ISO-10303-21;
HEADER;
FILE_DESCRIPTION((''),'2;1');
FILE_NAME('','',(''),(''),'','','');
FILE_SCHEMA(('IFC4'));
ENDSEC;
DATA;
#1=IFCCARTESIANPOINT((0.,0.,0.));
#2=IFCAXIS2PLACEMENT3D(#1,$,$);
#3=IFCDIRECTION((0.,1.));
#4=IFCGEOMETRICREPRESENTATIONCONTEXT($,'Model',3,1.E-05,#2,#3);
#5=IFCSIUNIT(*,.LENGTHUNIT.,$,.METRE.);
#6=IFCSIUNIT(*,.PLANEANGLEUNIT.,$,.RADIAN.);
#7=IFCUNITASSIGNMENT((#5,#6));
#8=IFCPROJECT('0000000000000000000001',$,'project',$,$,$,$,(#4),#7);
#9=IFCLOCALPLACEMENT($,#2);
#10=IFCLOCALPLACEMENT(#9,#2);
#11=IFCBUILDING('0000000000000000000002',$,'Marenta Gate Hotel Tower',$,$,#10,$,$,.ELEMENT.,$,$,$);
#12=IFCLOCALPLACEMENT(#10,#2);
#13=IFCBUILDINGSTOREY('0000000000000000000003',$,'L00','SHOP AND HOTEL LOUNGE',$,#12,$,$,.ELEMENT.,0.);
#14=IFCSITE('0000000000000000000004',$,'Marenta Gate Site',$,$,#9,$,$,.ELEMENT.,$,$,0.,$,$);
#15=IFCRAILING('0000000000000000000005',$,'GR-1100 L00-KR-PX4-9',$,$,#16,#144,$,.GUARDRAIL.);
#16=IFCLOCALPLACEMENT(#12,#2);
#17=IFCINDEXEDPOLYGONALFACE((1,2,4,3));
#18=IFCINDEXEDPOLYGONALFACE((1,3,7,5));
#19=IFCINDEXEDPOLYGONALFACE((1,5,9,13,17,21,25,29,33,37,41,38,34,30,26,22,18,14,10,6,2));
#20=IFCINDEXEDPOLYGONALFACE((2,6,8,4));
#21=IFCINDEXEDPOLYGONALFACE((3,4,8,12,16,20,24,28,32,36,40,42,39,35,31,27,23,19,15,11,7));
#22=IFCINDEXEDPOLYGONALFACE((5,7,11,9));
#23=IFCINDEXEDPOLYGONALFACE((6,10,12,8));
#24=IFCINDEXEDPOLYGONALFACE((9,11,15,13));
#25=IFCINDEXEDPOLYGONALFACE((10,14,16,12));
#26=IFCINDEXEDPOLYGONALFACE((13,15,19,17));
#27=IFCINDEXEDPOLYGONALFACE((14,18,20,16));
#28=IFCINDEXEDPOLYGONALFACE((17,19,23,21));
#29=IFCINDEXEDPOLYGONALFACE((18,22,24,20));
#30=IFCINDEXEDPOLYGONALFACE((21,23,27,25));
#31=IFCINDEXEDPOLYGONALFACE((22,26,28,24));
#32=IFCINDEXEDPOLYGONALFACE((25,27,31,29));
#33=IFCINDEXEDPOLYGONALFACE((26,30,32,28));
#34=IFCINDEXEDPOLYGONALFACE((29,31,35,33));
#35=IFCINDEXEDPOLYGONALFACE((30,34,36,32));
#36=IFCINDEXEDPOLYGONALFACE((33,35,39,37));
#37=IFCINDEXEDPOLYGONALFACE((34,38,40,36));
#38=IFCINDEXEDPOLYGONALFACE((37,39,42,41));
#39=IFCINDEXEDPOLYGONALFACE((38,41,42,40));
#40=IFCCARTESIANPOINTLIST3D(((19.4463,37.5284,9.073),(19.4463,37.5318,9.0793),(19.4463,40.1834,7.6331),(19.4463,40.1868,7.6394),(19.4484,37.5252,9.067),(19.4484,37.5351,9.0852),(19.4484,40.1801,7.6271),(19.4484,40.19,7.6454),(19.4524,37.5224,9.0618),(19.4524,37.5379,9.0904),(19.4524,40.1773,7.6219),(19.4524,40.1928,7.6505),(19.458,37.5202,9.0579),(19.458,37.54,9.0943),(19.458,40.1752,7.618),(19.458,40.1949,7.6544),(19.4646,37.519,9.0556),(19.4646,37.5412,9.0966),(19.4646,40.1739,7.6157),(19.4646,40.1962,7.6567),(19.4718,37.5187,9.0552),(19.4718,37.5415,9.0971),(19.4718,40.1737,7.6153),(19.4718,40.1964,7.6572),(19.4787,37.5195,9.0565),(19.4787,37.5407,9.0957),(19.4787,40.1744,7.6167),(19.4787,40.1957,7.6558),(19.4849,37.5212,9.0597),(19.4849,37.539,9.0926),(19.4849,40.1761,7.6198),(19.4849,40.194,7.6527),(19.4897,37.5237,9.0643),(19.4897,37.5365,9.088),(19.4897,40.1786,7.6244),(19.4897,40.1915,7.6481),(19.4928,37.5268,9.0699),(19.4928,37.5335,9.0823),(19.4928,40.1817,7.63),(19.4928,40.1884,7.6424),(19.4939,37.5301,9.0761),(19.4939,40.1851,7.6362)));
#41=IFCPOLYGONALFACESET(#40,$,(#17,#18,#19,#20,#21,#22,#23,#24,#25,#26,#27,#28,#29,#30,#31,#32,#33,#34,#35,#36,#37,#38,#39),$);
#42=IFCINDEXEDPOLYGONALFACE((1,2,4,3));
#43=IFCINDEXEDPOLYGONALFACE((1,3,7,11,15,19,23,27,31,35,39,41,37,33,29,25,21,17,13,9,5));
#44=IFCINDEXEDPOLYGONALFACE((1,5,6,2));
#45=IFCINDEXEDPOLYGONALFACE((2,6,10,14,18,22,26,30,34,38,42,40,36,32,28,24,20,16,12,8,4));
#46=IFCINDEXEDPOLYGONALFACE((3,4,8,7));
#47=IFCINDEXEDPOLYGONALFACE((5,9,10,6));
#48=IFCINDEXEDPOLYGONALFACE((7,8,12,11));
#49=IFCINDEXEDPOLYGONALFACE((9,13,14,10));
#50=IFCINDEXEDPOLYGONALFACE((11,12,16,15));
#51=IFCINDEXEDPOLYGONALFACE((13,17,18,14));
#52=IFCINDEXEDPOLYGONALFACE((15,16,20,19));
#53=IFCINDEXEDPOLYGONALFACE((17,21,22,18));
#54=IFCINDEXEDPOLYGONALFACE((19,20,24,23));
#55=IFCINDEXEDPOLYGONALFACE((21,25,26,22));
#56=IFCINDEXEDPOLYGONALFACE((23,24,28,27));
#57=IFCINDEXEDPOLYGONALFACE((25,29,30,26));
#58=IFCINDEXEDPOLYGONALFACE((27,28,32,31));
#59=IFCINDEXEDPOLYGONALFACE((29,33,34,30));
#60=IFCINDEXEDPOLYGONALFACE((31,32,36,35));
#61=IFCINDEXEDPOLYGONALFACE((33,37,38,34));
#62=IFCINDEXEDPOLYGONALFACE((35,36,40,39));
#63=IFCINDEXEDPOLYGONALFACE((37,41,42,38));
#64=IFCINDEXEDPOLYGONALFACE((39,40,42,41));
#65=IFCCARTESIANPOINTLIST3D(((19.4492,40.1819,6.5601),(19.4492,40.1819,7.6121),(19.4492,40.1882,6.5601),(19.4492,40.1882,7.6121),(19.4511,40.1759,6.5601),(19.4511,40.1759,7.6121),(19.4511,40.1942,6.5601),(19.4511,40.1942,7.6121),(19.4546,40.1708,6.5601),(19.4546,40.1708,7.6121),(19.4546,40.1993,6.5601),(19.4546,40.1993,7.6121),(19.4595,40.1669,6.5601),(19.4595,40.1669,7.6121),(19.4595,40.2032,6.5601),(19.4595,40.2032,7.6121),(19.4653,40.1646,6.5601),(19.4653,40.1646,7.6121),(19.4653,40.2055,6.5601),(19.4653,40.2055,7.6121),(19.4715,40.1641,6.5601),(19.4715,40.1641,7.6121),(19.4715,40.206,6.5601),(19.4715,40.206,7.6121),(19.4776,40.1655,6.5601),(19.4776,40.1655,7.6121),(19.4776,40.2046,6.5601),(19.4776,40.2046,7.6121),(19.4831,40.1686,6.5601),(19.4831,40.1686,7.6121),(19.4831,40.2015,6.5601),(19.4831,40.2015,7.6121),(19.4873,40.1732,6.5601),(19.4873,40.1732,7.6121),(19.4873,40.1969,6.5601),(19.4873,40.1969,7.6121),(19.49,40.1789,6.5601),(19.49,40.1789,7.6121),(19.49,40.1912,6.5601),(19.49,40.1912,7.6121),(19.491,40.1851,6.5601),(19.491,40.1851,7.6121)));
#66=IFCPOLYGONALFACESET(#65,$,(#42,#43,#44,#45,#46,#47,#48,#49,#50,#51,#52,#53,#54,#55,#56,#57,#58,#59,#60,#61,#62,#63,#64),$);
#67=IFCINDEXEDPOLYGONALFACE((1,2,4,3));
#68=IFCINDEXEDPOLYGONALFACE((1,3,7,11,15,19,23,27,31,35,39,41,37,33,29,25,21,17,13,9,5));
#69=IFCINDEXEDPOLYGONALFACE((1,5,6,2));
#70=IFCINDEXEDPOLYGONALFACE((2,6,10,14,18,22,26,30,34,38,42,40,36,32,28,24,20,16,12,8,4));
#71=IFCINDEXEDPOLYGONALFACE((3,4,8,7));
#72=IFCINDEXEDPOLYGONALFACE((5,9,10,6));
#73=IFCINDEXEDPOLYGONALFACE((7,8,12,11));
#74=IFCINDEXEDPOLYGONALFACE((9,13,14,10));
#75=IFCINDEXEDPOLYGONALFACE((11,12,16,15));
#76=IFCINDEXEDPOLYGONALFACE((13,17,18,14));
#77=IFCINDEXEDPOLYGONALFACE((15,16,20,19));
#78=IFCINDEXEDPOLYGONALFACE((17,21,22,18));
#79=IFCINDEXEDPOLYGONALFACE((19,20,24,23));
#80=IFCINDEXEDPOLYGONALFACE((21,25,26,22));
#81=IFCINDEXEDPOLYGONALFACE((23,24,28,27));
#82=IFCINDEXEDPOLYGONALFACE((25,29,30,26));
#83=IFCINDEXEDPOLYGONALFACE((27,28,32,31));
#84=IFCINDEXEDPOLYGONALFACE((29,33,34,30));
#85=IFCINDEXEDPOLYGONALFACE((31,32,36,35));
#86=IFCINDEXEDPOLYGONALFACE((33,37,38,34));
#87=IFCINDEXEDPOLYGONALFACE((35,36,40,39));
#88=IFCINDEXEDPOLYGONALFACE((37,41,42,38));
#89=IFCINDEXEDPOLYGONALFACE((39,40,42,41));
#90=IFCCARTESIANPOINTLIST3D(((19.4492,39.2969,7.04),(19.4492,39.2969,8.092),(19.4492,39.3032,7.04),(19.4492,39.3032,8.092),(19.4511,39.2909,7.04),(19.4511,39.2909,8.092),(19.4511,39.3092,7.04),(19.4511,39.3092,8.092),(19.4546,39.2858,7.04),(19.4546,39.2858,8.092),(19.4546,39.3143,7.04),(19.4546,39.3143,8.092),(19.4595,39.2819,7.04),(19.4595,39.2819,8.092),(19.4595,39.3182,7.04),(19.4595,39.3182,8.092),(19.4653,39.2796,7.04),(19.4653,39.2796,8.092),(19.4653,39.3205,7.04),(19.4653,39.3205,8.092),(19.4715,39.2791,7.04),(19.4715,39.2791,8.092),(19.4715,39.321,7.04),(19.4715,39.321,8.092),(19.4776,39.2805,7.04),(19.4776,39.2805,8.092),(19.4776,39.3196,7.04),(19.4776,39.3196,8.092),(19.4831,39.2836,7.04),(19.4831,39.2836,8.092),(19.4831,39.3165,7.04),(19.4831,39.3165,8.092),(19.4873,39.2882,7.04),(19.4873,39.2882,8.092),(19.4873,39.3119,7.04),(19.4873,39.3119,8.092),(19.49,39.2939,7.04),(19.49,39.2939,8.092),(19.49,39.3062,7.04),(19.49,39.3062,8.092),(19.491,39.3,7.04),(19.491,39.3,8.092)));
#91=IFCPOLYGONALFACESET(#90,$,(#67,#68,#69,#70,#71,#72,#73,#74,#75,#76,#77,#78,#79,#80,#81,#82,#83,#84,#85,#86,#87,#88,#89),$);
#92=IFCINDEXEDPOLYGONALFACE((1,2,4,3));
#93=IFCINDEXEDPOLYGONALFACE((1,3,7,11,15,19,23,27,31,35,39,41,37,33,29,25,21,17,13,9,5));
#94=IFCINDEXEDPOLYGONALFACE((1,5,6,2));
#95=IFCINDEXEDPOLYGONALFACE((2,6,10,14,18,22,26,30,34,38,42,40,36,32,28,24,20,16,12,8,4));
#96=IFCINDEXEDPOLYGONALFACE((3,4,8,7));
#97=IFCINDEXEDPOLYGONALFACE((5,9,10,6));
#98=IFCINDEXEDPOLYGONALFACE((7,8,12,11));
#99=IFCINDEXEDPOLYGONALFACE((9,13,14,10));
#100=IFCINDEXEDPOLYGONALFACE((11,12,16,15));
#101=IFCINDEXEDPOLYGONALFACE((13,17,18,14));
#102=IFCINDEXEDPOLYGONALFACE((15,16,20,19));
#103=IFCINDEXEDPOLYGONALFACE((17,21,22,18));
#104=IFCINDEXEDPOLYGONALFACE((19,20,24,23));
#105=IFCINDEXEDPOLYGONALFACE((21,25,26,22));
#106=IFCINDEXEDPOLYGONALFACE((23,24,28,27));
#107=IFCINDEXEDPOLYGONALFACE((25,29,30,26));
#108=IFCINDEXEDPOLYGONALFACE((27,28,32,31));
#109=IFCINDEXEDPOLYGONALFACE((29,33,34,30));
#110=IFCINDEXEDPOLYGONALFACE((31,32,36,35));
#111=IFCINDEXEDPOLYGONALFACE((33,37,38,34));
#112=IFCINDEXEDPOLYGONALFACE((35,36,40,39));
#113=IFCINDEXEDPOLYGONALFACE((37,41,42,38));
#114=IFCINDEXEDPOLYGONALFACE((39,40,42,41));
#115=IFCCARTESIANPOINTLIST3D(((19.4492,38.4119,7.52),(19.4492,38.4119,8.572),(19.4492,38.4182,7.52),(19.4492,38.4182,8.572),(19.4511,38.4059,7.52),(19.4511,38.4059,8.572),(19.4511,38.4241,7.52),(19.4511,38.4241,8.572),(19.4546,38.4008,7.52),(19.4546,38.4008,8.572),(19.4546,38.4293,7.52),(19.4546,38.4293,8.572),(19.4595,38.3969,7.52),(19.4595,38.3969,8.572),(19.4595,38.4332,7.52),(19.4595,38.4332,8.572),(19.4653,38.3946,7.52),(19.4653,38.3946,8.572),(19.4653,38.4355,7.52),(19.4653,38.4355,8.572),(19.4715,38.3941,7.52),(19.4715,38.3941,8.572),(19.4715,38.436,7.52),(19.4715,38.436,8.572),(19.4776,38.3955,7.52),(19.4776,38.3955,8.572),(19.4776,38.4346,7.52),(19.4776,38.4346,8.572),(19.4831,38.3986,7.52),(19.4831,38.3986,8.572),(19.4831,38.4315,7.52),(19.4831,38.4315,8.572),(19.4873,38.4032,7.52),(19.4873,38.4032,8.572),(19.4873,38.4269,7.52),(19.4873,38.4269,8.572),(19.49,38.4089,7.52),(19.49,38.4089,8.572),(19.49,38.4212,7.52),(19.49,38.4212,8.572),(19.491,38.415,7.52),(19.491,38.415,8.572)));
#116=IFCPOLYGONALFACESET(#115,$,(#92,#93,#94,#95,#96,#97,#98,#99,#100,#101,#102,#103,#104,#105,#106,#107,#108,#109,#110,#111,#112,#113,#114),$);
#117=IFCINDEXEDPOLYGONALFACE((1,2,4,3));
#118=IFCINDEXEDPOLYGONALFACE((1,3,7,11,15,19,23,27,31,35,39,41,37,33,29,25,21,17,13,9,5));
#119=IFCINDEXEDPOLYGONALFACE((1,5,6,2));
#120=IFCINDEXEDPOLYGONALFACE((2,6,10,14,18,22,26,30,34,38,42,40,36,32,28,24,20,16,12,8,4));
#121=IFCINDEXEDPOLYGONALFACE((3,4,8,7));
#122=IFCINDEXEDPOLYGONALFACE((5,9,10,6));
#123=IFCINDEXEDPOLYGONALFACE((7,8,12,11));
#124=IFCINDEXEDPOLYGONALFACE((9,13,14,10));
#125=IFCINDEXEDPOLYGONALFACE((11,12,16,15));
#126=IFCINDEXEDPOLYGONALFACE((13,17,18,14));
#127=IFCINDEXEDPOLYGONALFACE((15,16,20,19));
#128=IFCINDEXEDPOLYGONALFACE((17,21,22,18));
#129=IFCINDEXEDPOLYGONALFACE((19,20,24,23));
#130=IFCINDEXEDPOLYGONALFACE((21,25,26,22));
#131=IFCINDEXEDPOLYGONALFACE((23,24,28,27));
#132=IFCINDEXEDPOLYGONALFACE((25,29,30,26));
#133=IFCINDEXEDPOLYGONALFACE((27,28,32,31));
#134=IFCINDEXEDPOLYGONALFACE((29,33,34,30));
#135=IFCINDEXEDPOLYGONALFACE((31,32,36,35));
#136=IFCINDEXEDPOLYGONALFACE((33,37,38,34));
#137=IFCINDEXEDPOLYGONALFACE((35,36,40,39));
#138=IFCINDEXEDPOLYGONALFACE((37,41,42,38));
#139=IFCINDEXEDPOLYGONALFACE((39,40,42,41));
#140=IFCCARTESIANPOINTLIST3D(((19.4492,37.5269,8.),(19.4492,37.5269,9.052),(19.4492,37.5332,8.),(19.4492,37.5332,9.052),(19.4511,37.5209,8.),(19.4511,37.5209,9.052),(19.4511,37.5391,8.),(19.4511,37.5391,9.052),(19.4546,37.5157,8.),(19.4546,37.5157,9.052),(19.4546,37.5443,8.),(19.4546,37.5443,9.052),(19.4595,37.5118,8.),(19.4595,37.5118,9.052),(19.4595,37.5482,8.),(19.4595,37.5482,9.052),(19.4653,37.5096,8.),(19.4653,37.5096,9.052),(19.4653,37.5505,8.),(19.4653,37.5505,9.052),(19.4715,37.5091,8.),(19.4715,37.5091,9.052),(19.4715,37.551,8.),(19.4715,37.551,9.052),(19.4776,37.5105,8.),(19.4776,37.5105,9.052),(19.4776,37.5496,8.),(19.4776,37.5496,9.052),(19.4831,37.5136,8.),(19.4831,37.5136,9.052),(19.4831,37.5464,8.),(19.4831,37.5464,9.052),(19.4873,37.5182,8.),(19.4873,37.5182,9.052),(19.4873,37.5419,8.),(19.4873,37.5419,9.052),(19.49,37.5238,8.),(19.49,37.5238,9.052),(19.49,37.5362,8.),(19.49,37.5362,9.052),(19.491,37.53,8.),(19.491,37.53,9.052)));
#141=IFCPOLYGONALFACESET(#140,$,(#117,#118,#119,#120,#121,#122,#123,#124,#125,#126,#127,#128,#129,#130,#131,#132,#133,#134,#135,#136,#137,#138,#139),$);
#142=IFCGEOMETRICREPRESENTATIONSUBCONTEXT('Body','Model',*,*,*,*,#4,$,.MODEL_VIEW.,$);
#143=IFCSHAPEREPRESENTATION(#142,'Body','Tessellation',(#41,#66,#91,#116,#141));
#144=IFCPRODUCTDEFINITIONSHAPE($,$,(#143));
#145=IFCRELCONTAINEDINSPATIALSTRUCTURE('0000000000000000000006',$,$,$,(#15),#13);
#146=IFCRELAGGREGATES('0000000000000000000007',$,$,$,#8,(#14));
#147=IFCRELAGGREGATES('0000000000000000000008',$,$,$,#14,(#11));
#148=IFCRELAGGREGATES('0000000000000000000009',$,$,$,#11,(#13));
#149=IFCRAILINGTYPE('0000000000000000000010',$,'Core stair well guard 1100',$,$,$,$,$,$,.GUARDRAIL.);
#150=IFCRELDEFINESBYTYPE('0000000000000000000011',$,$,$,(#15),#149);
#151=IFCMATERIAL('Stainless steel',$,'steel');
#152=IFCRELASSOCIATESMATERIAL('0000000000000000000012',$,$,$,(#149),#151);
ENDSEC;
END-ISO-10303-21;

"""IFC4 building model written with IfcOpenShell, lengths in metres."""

from ifc_helpers import new_model, si_unit, direction, frame, origin, origin_2d, place, context, subcontext, project, spatial, circle, extrude, material, type_object, element, save


model = new_model("IFC4")

# Units and contexts
model_context = context("Model", 3, precision=1e-05, world=origin(), true_north=direction((0.0, 1.0)))
body_context = subcontext(model_context, "Body", "Model", "MODEL_VIEW")
ifc_project = project(units=[si_unit("LENGTHUNIT", "METRE"), si_unit("PLANEANGLEUNIT", "RADIAN")], contexts=[model_context])

# Site, building, storey
site_placement = place(None, origin())
site = spatial("IfcSite", under=ifc_project, at=site_placement, Name="Marenta Gate Site", CompositionType="ELEMENT", RefElevation=0.0)
building_placement = place(site_placement, origin())
building = spatial("IfcBuilding", under=site, at=building_placement, Name="Marenta Gate Hotel Tower", CompositionType="ELEMENT")
storey_placement = place(building_placement, origin())
storey = spatial("IfcBuildingStorey", under=building, at=storey_placement, Name="L00", Description="SHOP AND HOTEL LOUNGE", CompositionType="ELEMENT", Elevation=0.0)

# Railing
ifc_material_1 = material(Name="Stainless steel", Category="steel")
railing_type_1 = type_object("IfcRailingType", Name="Core stair well guard 1100", PredefinedType="GUARDRAIL", material=ifc_material_1)
railing_1_placement = place(storey_placement, frame((19.47, 40.1851, 6.5601)))
element("IfcRailing", 1, at=railing_1_placement, inside=storey, type_object=railing_type_1, Name="GR-1100 L00-KR-PX4-9", PredefinedType="GUARDRAIL", context=body_context, shape_type="SweptSolid", body=[
    extrude(circle(Radius=0.0239, at=origin_2d()), frame((0.0, 0.0, 1.0762), z_axis=(0.0, -0.879042, 0.476744), x_axis=(1.0, 0.0, 0.0)), (0.0, 0.0, 1.0), 3.0203),
    extrude(circle(Radius=0.021, at=origin_2d()), origin(), (0.0, 0.0, 1.0), 1.052),
    extrude(circle(Radius=0.021, at=origin_2d()), frame((0.0, -0.885, 0.48)), (0.0, 0.0, 1.0), 1.052),
    extrude(circle(Radius=0.021, at=origin_2d()), frame((0.0, -1.77, 0.96)), (0.0, 0.0, 1.0), 1.052),
    extrude(circle(Radius=0.021, at=origin_2d()), frame((0.0, -2.655, 1.4399)), (0.0, 0.0, 1.0), 1.052),
])

save(model, "model.ifc")
